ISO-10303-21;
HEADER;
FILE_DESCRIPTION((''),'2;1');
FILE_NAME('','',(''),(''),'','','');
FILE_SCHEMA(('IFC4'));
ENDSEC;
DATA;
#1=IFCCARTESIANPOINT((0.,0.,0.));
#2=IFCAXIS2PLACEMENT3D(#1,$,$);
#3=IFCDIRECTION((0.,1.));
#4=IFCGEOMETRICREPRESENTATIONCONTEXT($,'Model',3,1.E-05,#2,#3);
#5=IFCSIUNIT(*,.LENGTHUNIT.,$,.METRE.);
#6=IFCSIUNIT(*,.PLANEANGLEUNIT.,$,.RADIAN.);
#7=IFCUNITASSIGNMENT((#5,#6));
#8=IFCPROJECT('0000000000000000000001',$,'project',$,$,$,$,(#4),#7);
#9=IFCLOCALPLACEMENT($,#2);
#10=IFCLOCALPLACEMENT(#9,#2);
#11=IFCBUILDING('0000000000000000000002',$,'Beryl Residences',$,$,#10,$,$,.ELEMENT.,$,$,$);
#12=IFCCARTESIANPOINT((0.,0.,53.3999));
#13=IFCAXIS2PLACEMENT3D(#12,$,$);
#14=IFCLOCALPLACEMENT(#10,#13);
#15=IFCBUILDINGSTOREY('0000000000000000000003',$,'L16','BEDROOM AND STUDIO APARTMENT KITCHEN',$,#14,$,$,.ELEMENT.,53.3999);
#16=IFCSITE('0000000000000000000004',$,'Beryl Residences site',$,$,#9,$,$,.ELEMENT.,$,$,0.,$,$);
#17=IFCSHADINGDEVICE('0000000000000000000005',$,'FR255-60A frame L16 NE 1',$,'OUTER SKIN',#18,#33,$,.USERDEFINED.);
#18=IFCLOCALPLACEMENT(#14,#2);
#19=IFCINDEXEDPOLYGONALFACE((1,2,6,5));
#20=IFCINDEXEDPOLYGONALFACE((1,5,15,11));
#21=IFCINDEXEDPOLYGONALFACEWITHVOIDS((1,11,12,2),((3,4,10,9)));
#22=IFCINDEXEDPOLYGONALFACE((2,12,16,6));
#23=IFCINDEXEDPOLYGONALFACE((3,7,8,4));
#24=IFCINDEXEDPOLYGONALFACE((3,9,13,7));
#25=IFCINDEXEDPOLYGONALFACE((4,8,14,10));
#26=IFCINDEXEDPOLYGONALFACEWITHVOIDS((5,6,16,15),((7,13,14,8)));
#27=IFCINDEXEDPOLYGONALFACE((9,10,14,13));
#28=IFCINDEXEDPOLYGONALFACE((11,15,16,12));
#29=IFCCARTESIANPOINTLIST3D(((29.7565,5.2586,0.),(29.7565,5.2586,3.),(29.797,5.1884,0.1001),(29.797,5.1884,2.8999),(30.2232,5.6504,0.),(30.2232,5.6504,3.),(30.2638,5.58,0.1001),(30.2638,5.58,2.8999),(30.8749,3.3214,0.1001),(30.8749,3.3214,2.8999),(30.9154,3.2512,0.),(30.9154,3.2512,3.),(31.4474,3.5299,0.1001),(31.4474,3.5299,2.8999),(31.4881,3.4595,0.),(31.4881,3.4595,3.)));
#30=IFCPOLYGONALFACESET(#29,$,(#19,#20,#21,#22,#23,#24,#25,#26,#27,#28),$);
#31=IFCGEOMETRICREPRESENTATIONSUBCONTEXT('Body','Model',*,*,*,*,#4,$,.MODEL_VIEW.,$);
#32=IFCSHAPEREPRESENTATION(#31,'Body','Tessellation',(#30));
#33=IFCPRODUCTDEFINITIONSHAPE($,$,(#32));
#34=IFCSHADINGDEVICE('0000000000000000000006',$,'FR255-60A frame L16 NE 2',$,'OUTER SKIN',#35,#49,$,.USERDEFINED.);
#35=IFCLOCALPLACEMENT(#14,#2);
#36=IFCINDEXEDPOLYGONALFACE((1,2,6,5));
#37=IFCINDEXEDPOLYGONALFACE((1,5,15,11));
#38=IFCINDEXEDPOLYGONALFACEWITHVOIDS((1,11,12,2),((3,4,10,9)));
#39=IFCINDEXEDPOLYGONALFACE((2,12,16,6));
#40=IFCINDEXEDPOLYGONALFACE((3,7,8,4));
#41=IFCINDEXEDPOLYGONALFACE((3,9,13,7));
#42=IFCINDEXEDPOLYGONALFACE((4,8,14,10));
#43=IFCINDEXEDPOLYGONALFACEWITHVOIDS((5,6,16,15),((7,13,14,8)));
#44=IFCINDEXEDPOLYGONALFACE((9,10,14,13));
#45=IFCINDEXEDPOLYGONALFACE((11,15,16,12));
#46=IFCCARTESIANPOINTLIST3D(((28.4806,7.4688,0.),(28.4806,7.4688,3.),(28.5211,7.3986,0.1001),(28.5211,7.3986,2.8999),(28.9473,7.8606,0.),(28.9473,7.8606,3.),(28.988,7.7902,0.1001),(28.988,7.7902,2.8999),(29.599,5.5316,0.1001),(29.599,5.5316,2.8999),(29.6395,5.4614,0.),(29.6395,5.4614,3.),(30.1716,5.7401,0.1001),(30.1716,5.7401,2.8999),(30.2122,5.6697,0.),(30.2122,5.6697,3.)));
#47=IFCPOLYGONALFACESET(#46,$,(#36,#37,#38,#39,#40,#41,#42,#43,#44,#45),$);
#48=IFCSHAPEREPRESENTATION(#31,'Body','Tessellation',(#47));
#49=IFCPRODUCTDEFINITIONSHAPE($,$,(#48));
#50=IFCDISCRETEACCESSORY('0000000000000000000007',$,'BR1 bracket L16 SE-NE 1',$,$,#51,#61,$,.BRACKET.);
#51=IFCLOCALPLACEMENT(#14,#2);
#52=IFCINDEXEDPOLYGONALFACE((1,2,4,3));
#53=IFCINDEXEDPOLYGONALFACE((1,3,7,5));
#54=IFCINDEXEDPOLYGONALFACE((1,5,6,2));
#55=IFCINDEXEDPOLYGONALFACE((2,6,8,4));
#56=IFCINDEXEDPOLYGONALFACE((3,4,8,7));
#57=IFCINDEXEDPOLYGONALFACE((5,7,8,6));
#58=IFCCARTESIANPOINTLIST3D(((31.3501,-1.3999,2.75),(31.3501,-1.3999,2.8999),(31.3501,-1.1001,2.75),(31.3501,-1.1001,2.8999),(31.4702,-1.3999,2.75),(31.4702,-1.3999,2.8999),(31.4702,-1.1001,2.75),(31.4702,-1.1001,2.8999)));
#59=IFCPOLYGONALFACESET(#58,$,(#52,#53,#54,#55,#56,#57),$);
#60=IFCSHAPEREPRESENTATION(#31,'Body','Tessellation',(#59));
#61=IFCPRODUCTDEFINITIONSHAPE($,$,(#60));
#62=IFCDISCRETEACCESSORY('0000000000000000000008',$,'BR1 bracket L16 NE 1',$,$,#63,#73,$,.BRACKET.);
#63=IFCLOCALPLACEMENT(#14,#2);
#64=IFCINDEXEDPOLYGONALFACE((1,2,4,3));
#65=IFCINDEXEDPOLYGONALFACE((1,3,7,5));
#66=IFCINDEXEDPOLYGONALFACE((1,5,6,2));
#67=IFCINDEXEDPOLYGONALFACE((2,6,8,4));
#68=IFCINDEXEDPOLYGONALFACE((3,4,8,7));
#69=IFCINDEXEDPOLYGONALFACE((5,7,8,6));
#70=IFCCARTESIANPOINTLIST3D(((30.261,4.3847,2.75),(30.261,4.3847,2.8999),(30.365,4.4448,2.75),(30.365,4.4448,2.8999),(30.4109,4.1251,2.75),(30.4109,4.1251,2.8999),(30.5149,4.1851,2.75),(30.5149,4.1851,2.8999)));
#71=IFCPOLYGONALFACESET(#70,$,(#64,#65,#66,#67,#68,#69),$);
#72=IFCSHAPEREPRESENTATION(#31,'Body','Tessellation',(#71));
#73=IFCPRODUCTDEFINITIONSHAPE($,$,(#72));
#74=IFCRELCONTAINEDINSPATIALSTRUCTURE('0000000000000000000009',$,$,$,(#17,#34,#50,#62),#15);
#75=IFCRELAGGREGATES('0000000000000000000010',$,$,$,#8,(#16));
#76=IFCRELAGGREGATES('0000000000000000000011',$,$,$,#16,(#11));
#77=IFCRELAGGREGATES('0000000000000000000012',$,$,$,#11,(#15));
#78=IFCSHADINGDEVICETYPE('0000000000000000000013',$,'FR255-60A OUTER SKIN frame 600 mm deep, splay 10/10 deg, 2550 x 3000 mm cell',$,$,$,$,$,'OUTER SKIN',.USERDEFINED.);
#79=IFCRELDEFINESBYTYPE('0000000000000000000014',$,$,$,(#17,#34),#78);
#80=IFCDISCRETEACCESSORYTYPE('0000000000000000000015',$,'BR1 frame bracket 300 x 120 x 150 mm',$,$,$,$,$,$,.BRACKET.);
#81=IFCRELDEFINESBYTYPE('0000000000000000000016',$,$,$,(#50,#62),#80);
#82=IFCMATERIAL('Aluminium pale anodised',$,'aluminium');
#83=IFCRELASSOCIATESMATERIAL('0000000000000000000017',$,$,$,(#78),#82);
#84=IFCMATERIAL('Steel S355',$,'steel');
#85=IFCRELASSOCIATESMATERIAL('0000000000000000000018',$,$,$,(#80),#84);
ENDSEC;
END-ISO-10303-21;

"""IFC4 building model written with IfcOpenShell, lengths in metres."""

from ifc_helpers import new_model, entity, si_unit, direction, frame, origin, place, context, subcontext, project, spatial, polyline, outline, extrude, source, transform, mapped, material, type_object, type_shapes, element, save


model = new_model("IFC4")

# Units and contexts
model_context = context("Model", 3, precision=1e-05, world=origin(), true_north=direction((0.0, 1.0)))
body_context = subcontext(model_context, "Body", "Model", "MODEL_VIEW")
ifc_project = project(units=[si_unit("LENGTHUNIT", "METRE"), si_unit("PLANEANGLEUNIT", "RADIAN")], contexts=[model_context])

# Site, building, storey
site_placement = place(None, origin())
site = spatial("IfcSite", under=ifc_project, at=site_placement, Name="Beryl Residences site", CompositionType="ELEMENT", RefElevation=0.0)
building_placement = place(site_placement, origin())
building = spatial("IfcBuilding", under=site, at=building_placement, Name="Beryl Residences", CompositionType="ELEMENT")
storey_placement = place(building_placement, frame((0.0, 0.0, 53.3999)))
storey = spatial("IfcBuildingStorey", under=building, at=storey_placement, Name="L16", Description="BEDROOM AND STUDIO APARTMENT KITCHEN", CompositionType="ELEMENT", Elevation=53.3999)

# Shading devices
ifc_material_1 = material(Name="Aluminium pale anodised", Category="aluminium")
shading_device_type_1 = type_object("IfcShadingDeviceType", Name="FR255-60A OUTER SKIN frame 600 mm deep, splay 10/10 deg, 2550 x 3000 mm cell", ElementType="OUTER SKIN", PredefinedType="USERDEFINED", material=ifc_material_1)
cartesian_point_1 = entity("IfcCartesianPoint", [-1.1589, 0.0])
cartesian_point_2 = entity("IfcCartesianPoint", [-1.0779, 0.1001])
cartesian_point_3 = entity("IfcCartesianPoint", [-1.2649, 0.0])
cartesian_point_4 = entity("IfcCartesianPoint", [-1.1836, 0.1001])
shared_shape_1 = source(origin(), body_context, "Body", "SweptSolid", [
    entity("IfcExtrudedAreaSolidTapered", entity("IfcArbitraryProfileDefWithVoids", "AREA", None, entity("IfcPolyline", [cartesian_point_1, entity("IfcCartesianPoint", [1.1589, 0.0]), entity("IfcCartesianPoint", [1.1589, 3.0]), entity("IfcCartesianPoint", [-1.1589, 3.0]), cartesian_point_1]), [entity("IfcPolyline", [cartesian_point_2, entity("IfcCartesianPoint", [1.0779, 0.1001]), entity("IfcCartesianPoint", [1.0779, 2.8999]), entity("IfcCartesianPoint", [-1.0779, 2.8999]), cartesian_point_2])]), entity("IfcAxis2Placement3D", entity("IfcCartesianPoint", [0.0, 0.0, 0.0]), entity("IfcDirection", [0.0, 1.0, 0.0]), entity("IfcDirection", [-1.0, 0.0, 0.0])), entity("IfcDirection", [0.0, 0.0, 1.0]), 0.6001, entity("IfcArbitraryProfileDefWithVoids", "AREA", None, entity("IfcPolyline", [cartesian_point_3, entity("IfcCartesianPoint", [1.2649, 0.0]), entity("IfcCartesianPoint", [1.2649, 3.0]), entity("IfcCartesianPoint", [-1.2649, 3.0]), cartesian_point_3]), [entity("IfcPolyline", [cartesian_point_4, entity("IfcCartesianPoint", [1.1836, 0.1001]), entity("IfcCartesianPoint", [1.1836, 2.8999]), entity("IfcCartesianPoint", [-1.1836, 2.8999]), cartesian_point_4])])),
])
type_shapes(shading_device_type_1, [shared_shape_1])
for number, where, z_axis, x_axis, name in (
    (1, (30.3359, 4.2549, 0.0), (0.0, 0.0, 1.0), (0.5, -0.866025, 0.0), "FR255-60A frame L16 NE 1"),
    (2, (29.0601, 6.4651, 0.0), (0.0, 0.0, 1.0), (0.5, -0.866025, 0.0), "FR255-60A frame L16 NE 2"),
):
    element("IfcShadingDevice", number, at=place(storey_placement, frame(where, z_axis=z_axis, x_axis=x_axis)), inside=storey, type_object=shading_device_type_1, Name=name, ObjectType="OUTER SKIN", PredefinedType="USERDEFINED", context=body_context, shape_type="MappedRepresentation", body=[
        mapped(shared_shape_1, transform((0.0, 0.0, 0.0))),
    ])

# Discrete accessories
ifc_material_2 = material(Name="Steel S355", Category="steel")
discrete_accessory_type = type_object("IfcDiscreteAccessoryType", Name="BR1 frame bracket 300 x 120 x 150 mm", PredefinedType="BRACKET", material=ifc_material_2)
shared_shape_2 = source(origin(), body_context, "Body", "SweptSolid", [
    extrude(outline(polyline([(-0.1499, 0.0), (0.1499, 0.0), (0.1499, 0.1201), (-0.1499, 0.1201), (-0.1499, 0.0)])), origin(), (0.0, 0.0, 1.0), 0.1499),
])
type_shapes(discrete_accessory_type, [shared_shape_2])
for number, where, z_axis, x_axis, name in (
    (3, (31.3501, -1.25, 2.75), (0.0, 0.0, 1.0), (0.0, -1.0, 0.0), "BR1 bracket L16 SE-NE 1"),
    (4, (30.3359, 4.2549, 2.75), (0.0, 0.0, 1.0), (0.5, -0.866025, 0.0), "BR1 bracket L16 NE 1"),
):
    element("IfcDiscreteAccessory", number, at=place(storey_placement, frame(where, z_axis=z_axis, x_axis=x_axis)), inside=storey, type_object=discrete_accessory_type, Name=name, PredefinedType="BRACKET", context=body_context, shape_type="MappedRepresentation", body=[
        mapped(shared_shape_2, transform((0.0, 0.0, 0.0))),
    ])

save(model, "model.ifc")
